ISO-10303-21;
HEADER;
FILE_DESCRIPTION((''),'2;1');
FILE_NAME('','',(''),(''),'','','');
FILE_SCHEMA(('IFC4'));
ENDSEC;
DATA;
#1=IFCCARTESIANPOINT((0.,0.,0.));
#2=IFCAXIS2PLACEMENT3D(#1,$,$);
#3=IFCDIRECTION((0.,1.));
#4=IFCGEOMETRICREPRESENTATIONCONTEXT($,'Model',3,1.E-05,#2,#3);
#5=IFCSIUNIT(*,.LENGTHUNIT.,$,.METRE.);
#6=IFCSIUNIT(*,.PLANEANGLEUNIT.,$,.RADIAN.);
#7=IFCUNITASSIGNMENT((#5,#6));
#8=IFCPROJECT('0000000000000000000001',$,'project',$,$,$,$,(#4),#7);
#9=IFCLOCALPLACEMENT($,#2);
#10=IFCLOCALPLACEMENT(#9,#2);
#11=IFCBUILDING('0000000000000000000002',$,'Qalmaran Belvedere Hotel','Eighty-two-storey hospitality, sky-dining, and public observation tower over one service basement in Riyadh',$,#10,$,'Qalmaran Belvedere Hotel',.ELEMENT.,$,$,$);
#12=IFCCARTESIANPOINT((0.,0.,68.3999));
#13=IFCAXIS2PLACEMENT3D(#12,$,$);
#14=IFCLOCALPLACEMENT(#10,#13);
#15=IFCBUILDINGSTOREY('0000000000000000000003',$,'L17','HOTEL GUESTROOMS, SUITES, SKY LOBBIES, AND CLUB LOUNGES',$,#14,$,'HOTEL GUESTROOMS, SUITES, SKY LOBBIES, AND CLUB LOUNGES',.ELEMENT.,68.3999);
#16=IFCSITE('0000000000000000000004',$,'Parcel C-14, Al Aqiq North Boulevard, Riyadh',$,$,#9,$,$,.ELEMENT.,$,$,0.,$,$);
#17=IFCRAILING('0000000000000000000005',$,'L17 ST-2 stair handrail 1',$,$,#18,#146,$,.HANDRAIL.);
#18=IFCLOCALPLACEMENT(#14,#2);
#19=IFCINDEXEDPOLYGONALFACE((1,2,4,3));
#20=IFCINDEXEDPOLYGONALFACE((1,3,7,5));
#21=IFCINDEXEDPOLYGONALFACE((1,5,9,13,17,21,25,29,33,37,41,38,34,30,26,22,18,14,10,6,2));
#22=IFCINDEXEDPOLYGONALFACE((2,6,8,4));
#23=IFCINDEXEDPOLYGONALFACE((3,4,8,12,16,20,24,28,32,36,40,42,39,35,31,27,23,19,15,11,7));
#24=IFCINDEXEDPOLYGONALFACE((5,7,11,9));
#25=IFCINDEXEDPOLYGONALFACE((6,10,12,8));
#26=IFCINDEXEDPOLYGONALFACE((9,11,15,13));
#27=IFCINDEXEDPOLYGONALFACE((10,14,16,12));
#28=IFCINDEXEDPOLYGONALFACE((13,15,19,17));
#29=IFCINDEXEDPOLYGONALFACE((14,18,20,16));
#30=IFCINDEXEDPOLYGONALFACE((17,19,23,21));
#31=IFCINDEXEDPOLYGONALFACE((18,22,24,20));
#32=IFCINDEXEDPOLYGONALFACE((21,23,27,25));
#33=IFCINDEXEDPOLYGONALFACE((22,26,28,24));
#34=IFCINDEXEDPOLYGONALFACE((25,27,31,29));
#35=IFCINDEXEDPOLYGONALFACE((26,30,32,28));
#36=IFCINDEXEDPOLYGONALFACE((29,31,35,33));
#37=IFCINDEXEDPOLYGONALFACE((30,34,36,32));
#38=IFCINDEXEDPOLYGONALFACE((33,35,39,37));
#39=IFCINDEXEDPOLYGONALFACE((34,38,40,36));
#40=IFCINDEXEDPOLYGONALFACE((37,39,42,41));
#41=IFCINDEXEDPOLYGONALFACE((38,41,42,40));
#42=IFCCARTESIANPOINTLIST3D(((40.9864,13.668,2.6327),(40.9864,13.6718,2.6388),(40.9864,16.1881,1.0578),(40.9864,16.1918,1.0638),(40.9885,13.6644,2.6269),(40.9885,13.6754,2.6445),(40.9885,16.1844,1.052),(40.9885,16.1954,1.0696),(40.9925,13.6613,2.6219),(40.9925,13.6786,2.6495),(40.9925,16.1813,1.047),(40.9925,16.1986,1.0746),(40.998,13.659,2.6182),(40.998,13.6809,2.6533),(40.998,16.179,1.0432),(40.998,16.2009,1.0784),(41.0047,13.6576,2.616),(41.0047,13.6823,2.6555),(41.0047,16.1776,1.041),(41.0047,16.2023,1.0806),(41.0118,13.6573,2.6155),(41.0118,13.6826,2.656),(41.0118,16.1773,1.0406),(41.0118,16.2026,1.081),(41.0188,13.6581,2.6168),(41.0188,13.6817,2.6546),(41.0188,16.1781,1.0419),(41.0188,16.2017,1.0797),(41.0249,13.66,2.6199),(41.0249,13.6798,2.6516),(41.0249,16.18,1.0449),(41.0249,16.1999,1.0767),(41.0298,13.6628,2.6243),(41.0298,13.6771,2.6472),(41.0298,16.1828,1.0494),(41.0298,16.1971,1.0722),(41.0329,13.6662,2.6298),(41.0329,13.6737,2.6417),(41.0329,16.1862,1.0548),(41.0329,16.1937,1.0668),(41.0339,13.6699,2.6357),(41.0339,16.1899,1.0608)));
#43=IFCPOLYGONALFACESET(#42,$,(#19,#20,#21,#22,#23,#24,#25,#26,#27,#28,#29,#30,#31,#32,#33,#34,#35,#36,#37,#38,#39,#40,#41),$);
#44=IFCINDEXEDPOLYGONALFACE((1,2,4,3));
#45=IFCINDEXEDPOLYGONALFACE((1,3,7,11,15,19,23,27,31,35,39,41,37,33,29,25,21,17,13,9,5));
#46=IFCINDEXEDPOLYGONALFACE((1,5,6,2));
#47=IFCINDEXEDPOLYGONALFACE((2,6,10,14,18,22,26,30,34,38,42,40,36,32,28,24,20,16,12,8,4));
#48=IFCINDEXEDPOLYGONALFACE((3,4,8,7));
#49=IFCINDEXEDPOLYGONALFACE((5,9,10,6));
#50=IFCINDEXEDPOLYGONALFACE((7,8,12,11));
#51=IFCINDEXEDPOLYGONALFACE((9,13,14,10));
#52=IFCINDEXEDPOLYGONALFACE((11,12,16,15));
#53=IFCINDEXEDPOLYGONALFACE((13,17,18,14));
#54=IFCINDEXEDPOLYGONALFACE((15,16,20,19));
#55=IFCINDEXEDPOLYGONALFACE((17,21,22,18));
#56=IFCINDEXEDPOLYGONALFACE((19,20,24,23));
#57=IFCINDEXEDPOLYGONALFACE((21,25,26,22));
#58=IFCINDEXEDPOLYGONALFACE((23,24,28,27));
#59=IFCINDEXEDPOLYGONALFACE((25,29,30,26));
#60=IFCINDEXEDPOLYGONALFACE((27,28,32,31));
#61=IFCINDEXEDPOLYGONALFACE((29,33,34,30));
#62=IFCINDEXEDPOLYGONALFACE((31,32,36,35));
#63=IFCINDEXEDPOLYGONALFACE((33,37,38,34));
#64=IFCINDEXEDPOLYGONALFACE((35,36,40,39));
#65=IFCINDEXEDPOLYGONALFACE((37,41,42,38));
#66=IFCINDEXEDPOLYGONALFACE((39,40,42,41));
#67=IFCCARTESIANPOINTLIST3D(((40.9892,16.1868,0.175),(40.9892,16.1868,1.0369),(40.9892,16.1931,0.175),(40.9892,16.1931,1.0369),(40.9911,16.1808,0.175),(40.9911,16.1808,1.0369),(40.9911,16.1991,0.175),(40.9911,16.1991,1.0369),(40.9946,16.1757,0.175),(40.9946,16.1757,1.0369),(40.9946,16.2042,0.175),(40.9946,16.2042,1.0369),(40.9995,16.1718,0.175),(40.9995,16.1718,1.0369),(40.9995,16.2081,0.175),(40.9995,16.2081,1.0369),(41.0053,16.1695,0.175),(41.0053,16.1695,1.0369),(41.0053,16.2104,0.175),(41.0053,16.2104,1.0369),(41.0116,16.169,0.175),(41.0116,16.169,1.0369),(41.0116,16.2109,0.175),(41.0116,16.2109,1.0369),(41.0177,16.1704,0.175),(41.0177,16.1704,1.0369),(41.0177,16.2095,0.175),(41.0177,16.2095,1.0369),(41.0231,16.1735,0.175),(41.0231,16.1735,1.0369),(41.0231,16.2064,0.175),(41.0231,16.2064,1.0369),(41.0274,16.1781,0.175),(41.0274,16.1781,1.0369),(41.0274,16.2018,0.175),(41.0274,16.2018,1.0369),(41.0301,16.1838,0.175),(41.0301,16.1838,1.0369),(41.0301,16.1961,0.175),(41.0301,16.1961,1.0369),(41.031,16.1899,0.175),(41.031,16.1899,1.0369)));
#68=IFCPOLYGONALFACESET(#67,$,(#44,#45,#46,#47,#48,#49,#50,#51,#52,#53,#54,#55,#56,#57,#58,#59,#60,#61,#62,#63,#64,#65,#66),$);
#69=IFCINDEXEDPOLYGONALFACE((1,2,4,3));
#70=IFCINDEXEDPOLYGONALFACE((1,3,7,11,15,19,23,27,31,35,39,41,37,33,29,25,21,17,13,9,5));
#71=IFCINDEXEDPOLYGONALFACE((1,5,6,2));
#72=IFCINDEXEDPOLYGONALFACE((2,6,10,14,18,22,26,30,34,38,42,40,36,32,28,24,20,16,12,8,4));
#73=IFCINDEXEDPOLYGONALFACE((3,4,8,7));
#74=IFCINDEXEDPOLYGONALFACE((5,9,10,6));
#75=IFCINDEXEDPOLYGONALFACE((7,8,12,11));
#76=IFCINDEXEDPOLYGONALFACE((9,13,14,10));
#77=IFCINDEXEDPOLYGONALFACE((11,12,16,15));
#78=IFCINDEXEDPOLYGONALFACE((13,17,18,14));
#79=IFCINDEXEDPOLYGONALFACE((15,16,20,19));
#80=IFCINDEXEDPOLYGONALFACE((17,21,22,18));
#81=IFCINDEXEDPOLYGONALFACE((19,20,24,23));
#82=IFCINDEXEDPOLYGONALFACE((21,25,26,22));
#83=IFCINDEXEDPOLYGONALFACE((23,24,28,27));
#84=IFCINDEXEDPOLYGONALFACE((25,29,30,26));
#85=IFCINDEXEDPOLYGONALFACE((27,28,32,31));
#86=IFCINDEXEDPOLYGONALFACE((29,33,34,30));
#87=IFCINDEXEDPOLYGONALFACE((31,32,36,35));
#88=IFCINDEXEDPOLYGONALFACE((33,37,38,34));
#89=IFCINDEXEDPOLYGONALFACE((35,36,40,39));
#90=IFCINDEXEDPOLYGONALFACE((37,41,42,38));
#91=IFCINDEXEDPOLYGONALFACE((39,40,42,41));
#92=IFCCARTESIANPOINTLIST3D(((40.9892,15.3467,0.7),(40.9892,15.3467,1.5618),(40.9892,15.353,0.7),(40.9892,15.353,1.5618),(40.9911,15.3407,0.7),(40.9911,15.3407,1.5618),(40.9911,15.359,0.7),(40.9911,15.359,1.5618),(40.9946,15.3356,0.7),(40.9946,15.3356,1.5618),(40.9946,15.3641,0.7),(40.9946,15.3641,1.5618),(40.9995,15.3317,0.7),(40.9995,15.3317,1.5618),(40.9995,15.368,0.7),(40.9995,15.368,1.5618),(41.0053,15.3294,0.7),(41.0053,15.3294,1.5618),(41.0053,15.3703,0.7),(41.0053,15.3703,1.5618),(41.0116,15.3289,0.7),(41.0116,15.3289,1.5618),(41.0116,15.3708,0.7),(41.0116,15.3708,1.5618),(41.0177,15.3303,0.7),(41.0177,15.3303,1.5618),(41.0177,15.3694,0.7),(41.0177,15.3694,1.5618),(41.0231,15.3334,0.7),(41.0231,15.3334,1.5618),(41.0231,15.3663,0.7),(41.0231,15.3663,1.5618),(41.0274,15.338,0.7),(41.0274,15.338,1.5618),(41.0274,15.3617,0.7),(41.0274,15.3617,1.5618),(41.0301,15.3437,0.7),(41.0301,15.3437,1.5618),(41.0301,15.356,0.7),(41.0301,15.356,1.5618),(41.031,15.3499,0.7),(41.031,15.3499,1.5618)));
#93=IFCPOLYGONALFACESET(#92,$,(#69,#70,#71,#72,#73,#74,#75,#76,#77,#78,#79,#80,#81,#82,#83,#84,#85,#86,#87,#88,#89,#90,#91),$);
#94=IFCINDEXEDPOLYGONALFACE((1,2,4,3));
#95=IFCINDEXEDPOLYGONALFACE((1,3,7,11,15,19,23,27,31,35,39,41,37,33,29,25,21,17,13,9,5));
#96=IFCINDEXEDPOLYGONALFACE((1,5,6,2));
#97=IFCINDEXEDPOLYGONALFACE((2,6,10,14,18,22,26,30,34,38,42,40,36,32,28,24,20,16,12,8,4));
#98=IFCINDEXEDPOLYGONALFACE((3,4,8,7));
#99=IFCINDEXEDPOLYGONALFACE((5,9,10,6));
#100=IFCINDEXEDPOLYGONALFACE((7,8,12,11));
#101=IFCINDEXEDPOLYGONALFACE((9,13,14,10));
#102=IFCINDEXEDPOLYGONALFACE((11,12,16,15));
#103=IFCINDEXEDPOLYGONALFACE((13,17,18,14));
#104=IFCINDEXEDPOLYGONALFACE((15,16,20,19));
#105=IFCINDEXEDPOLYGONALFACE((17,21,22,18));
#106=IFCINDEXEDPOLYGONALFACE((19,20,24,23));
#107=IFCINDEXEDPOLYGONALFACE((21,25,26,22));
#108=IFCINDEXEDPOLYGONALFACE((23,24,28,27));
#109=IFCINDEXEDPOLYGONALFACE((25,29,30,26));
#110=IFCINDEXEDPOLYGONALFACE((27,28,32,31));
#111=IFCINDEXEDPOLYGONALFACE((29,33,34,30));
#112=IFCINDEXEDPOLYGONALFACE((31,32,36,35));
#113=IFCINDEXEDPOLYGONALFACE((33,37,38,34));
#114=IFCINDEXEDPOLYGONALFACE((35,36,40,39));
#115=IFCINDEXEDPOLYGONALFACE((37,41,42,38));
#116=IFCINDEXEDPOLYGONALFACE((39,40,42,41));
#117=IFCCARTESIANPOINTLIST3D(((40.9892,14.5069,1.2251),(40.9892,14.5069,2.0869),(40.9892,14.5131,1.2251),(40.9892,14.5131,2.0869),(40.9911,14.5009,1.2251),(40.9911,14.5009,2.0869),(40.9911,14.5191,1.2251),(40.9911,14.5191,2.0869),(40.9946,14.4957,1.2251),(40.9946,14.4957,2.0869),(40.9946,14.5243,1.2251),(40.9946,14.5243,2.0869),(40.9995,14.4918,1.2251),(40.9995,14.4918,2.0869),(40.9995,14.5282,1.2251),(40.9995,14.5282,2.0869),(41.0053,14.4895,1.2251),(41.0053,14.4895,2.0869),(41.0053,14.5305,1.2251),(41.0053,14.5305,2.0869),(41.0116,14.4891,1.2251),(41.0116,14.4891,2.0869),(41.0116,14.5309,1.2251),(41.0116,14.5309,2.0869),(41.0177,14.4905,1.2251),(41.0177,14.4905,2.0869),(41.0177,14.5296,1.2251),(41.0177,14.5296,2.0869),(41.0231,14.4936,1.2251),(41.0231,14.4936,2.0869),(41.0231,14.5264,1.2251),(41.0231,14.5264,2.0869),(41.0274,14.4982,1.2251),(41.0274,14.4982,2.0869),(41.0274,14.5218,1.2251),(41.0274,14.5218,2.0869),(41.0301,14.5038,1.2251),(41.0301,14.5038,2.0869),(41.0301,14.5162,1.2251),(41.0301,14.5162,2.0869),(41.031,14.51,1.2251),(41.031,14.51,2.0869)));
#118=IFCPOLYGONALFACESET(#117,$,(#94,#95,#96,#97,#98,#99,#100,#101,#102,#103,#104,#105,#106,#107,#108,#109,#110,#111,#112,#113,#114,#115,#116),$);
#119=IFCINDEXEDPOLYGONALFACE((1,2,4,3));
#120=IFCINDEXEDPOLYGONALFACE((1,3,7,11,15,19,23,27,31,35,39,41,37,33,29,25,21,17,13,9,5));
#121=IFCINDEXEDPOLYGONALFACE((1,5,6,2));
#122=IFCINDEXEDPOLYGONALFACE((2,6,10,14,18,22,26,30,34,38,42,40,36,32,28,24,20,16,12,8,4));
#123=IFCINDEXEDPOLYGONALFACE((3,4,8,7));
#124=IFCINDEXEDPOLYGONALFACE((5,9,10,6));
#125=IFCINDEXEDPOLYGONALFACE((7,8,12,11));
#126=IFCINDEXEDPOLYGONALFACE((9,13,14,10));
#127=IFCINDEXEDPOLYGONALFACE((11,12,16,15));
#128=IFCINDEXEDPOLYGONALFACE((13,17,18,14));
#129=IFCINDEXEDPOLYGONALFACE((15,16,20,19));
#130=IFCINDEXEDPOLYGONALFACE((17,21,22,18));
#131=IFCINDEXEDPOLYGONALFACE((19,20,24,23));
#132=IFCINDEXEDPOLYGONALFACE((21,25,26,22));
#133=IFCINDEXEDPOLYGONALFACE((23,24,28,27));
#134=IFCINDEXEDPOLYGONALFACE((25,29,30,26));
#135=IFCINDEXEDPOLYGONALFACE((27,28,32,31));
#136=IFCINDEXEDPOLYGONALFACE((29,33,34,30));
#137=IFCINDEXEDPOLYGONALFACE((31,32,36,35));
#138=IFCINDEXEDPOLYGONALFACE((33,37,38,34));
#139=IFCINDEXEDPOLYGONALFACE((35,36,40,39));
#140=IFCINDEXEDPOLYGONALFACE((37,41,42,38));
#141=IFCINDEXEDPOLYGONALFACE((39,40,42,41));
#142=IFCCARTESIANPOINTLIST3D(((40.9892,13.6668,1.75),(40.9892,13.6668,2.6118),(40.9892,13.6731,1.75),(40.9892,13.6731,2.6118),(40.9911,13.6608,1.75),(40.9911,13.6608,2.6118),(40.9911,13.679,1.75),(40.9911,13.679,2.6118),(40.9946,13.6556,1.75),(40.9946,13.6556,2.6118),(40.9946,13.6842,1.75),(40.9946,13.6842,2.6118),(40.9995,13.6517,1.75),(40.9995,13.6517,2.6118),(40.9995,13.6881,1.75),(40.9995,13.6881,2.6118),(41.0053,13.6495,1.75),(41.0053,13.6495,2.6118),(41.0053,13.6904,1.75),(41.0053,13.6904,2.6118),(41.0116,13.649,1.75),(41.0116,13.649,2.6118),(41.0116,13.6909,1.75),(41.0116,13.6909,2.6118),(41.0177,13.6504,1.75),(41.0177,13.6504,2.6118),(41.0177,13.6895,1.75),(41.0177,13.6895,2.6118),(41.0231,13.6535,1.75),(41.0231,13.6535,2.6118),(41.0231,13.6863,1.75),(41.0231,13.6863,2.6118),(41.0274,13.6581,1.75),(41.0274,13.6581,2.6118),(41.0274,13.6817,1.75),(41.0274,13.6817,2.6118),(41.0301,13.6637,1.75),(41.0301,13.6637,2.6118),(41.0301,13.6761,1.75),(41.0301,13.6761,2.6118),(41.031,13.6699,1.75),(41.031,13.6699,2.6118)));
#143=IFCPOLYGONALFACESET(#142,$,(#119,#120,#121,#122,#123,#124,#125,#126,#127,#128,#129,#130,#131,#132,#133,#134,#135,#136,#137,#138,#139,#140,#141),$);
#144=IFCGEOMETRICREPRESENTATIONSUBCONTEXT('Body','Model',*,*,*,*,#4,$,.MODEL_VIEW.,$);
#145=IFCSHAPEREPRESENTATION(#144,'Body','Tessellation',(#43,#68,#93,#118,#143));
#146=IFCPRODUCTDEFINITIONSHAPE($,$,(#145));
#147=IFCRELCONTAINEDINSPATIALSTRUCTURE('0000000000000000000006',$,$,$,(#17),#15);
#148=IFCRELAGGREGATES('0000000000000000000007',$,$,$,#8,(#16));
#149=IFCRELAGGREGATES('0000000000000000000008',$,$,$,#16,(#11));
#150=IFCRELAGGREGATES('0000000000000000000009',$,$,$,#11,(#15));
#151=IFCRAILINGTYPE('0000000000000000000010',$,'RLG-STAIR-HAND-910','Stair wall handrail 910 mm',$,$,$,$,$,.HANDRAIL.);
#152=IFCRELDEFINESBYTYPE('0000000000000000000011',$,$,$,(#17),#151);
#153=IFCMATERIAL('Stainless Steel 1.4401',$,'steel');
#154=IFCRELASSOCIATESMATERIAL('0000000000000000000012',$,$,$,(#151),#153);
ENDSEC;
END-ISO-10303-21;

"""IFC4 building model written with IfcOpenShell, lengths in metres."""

from ifc_helpers import new_model, si_unit, direction, frame, origin, origin_2d, place, context, subcontext, project, spatial, circle, extrude, material, type_object, element, save


model = new_model("IFC4")

# Units and contexts
model_context = context("Model", 3, precision=1e-05, world=origin(), true_north=direction((0.0, 1.0)))
body_context = subcontext(model_context, "Body", "Model", "MODEL_VIEW")
ifc_project = project(units=[si_unit("LENGTHUNIT", "METRE"), si_unit("PLANEANGLEUNIT", "RADIAN")], contexts=[model_context])

# Site, building, storey
site_placement = place(None, origin())
site = spatial("IfcSite", under=ifc_project, at=site_placement, Name="Parcel C-14, Al Aqiq North Boulevard, Riyadh", CompositionType="ELEMENT", RefElevation=0.0)
building_placement = place(site_placement, origin())
building = spatial("IfcBuilding", under=site, at=building_placement, Name="Qalmaran Belvedere Hotel", Description="Eighty-two-storey hospitality, sky-dining, and public observation tower over one service basement in Riyadh", LongName="Qalmaran Belvedere Hotel", CompositionType="ELEMENT")
storey_placement = place(building_placement, frame((0.0, 0.0, 68.3999)))
storey = spatial("IfcBuildingStorey", under=building, at=storey_placement, Name="L17", Description="HOTEL GUESTROOMS, SUITES, SKY LOBBIES, AND CLUB LOUNGES", LongName="HOTEL GUESTROOMS, SUITES, SKY LOBBIES, AND CLUB LOUNGES", CompositionType="ELEMENT", Elevation=68.3999)

# Shared definitions
ifc_material_1 = material(Name="Stainless Steel 1.4401", Category="steel")

# Railing
railing_type_1 = type_object("IfcRailingType", Name="RLG-STAIR-HAND-910", Description="Stair wall handrail 910 mm", PredefinedType="HANDRAIL", material=ifc_material_1)
railing_1_placement = place(storey_placement, frame((41.01, 16.1899, 0.175)))
element("IfcRailing", 1, at=railing_1_placement, inside=storey, type_object=railing_type_1, Name="L17 ST-2 stair handrail 1", PredefinedType="HANDRAIL", context=body_context, shape_type="SweptSolid", body=[
    extrude(circle(Radius=0.0239, at=origin_2d()), frame((0.0, 0.0, 0.8857), z_axis=(0.0, -0.848008, 0.529984), x_axis=(1.0, 0.0, 0.0)), (0.0, 0.0, 1.0), 2.9717),
    extrude(circle(Radius=0.021, at=origin_2d()), origin(), (0.0, 0.0, 1.0), 0.8618),
    extrude(circle(Radius=0.021, at=origin_2d()), frame((0.0, -0.8401, 0.5249)), (0.0, 0.0, 1.0), 0.8618),
    extrude(circle(Radius=0.021, at=origin_2d()), frame((0.0, -1.6799, 1.05)), (0.0, 0.0, 1.0), 0.8618),
    extrude(circle(Radius=0.021, at=origin_2d()), frame((0.0, -2.52, 1.575)), (0.0, 0.0, 1.0), 0.8618),
])

save(model, "model.ifc")
